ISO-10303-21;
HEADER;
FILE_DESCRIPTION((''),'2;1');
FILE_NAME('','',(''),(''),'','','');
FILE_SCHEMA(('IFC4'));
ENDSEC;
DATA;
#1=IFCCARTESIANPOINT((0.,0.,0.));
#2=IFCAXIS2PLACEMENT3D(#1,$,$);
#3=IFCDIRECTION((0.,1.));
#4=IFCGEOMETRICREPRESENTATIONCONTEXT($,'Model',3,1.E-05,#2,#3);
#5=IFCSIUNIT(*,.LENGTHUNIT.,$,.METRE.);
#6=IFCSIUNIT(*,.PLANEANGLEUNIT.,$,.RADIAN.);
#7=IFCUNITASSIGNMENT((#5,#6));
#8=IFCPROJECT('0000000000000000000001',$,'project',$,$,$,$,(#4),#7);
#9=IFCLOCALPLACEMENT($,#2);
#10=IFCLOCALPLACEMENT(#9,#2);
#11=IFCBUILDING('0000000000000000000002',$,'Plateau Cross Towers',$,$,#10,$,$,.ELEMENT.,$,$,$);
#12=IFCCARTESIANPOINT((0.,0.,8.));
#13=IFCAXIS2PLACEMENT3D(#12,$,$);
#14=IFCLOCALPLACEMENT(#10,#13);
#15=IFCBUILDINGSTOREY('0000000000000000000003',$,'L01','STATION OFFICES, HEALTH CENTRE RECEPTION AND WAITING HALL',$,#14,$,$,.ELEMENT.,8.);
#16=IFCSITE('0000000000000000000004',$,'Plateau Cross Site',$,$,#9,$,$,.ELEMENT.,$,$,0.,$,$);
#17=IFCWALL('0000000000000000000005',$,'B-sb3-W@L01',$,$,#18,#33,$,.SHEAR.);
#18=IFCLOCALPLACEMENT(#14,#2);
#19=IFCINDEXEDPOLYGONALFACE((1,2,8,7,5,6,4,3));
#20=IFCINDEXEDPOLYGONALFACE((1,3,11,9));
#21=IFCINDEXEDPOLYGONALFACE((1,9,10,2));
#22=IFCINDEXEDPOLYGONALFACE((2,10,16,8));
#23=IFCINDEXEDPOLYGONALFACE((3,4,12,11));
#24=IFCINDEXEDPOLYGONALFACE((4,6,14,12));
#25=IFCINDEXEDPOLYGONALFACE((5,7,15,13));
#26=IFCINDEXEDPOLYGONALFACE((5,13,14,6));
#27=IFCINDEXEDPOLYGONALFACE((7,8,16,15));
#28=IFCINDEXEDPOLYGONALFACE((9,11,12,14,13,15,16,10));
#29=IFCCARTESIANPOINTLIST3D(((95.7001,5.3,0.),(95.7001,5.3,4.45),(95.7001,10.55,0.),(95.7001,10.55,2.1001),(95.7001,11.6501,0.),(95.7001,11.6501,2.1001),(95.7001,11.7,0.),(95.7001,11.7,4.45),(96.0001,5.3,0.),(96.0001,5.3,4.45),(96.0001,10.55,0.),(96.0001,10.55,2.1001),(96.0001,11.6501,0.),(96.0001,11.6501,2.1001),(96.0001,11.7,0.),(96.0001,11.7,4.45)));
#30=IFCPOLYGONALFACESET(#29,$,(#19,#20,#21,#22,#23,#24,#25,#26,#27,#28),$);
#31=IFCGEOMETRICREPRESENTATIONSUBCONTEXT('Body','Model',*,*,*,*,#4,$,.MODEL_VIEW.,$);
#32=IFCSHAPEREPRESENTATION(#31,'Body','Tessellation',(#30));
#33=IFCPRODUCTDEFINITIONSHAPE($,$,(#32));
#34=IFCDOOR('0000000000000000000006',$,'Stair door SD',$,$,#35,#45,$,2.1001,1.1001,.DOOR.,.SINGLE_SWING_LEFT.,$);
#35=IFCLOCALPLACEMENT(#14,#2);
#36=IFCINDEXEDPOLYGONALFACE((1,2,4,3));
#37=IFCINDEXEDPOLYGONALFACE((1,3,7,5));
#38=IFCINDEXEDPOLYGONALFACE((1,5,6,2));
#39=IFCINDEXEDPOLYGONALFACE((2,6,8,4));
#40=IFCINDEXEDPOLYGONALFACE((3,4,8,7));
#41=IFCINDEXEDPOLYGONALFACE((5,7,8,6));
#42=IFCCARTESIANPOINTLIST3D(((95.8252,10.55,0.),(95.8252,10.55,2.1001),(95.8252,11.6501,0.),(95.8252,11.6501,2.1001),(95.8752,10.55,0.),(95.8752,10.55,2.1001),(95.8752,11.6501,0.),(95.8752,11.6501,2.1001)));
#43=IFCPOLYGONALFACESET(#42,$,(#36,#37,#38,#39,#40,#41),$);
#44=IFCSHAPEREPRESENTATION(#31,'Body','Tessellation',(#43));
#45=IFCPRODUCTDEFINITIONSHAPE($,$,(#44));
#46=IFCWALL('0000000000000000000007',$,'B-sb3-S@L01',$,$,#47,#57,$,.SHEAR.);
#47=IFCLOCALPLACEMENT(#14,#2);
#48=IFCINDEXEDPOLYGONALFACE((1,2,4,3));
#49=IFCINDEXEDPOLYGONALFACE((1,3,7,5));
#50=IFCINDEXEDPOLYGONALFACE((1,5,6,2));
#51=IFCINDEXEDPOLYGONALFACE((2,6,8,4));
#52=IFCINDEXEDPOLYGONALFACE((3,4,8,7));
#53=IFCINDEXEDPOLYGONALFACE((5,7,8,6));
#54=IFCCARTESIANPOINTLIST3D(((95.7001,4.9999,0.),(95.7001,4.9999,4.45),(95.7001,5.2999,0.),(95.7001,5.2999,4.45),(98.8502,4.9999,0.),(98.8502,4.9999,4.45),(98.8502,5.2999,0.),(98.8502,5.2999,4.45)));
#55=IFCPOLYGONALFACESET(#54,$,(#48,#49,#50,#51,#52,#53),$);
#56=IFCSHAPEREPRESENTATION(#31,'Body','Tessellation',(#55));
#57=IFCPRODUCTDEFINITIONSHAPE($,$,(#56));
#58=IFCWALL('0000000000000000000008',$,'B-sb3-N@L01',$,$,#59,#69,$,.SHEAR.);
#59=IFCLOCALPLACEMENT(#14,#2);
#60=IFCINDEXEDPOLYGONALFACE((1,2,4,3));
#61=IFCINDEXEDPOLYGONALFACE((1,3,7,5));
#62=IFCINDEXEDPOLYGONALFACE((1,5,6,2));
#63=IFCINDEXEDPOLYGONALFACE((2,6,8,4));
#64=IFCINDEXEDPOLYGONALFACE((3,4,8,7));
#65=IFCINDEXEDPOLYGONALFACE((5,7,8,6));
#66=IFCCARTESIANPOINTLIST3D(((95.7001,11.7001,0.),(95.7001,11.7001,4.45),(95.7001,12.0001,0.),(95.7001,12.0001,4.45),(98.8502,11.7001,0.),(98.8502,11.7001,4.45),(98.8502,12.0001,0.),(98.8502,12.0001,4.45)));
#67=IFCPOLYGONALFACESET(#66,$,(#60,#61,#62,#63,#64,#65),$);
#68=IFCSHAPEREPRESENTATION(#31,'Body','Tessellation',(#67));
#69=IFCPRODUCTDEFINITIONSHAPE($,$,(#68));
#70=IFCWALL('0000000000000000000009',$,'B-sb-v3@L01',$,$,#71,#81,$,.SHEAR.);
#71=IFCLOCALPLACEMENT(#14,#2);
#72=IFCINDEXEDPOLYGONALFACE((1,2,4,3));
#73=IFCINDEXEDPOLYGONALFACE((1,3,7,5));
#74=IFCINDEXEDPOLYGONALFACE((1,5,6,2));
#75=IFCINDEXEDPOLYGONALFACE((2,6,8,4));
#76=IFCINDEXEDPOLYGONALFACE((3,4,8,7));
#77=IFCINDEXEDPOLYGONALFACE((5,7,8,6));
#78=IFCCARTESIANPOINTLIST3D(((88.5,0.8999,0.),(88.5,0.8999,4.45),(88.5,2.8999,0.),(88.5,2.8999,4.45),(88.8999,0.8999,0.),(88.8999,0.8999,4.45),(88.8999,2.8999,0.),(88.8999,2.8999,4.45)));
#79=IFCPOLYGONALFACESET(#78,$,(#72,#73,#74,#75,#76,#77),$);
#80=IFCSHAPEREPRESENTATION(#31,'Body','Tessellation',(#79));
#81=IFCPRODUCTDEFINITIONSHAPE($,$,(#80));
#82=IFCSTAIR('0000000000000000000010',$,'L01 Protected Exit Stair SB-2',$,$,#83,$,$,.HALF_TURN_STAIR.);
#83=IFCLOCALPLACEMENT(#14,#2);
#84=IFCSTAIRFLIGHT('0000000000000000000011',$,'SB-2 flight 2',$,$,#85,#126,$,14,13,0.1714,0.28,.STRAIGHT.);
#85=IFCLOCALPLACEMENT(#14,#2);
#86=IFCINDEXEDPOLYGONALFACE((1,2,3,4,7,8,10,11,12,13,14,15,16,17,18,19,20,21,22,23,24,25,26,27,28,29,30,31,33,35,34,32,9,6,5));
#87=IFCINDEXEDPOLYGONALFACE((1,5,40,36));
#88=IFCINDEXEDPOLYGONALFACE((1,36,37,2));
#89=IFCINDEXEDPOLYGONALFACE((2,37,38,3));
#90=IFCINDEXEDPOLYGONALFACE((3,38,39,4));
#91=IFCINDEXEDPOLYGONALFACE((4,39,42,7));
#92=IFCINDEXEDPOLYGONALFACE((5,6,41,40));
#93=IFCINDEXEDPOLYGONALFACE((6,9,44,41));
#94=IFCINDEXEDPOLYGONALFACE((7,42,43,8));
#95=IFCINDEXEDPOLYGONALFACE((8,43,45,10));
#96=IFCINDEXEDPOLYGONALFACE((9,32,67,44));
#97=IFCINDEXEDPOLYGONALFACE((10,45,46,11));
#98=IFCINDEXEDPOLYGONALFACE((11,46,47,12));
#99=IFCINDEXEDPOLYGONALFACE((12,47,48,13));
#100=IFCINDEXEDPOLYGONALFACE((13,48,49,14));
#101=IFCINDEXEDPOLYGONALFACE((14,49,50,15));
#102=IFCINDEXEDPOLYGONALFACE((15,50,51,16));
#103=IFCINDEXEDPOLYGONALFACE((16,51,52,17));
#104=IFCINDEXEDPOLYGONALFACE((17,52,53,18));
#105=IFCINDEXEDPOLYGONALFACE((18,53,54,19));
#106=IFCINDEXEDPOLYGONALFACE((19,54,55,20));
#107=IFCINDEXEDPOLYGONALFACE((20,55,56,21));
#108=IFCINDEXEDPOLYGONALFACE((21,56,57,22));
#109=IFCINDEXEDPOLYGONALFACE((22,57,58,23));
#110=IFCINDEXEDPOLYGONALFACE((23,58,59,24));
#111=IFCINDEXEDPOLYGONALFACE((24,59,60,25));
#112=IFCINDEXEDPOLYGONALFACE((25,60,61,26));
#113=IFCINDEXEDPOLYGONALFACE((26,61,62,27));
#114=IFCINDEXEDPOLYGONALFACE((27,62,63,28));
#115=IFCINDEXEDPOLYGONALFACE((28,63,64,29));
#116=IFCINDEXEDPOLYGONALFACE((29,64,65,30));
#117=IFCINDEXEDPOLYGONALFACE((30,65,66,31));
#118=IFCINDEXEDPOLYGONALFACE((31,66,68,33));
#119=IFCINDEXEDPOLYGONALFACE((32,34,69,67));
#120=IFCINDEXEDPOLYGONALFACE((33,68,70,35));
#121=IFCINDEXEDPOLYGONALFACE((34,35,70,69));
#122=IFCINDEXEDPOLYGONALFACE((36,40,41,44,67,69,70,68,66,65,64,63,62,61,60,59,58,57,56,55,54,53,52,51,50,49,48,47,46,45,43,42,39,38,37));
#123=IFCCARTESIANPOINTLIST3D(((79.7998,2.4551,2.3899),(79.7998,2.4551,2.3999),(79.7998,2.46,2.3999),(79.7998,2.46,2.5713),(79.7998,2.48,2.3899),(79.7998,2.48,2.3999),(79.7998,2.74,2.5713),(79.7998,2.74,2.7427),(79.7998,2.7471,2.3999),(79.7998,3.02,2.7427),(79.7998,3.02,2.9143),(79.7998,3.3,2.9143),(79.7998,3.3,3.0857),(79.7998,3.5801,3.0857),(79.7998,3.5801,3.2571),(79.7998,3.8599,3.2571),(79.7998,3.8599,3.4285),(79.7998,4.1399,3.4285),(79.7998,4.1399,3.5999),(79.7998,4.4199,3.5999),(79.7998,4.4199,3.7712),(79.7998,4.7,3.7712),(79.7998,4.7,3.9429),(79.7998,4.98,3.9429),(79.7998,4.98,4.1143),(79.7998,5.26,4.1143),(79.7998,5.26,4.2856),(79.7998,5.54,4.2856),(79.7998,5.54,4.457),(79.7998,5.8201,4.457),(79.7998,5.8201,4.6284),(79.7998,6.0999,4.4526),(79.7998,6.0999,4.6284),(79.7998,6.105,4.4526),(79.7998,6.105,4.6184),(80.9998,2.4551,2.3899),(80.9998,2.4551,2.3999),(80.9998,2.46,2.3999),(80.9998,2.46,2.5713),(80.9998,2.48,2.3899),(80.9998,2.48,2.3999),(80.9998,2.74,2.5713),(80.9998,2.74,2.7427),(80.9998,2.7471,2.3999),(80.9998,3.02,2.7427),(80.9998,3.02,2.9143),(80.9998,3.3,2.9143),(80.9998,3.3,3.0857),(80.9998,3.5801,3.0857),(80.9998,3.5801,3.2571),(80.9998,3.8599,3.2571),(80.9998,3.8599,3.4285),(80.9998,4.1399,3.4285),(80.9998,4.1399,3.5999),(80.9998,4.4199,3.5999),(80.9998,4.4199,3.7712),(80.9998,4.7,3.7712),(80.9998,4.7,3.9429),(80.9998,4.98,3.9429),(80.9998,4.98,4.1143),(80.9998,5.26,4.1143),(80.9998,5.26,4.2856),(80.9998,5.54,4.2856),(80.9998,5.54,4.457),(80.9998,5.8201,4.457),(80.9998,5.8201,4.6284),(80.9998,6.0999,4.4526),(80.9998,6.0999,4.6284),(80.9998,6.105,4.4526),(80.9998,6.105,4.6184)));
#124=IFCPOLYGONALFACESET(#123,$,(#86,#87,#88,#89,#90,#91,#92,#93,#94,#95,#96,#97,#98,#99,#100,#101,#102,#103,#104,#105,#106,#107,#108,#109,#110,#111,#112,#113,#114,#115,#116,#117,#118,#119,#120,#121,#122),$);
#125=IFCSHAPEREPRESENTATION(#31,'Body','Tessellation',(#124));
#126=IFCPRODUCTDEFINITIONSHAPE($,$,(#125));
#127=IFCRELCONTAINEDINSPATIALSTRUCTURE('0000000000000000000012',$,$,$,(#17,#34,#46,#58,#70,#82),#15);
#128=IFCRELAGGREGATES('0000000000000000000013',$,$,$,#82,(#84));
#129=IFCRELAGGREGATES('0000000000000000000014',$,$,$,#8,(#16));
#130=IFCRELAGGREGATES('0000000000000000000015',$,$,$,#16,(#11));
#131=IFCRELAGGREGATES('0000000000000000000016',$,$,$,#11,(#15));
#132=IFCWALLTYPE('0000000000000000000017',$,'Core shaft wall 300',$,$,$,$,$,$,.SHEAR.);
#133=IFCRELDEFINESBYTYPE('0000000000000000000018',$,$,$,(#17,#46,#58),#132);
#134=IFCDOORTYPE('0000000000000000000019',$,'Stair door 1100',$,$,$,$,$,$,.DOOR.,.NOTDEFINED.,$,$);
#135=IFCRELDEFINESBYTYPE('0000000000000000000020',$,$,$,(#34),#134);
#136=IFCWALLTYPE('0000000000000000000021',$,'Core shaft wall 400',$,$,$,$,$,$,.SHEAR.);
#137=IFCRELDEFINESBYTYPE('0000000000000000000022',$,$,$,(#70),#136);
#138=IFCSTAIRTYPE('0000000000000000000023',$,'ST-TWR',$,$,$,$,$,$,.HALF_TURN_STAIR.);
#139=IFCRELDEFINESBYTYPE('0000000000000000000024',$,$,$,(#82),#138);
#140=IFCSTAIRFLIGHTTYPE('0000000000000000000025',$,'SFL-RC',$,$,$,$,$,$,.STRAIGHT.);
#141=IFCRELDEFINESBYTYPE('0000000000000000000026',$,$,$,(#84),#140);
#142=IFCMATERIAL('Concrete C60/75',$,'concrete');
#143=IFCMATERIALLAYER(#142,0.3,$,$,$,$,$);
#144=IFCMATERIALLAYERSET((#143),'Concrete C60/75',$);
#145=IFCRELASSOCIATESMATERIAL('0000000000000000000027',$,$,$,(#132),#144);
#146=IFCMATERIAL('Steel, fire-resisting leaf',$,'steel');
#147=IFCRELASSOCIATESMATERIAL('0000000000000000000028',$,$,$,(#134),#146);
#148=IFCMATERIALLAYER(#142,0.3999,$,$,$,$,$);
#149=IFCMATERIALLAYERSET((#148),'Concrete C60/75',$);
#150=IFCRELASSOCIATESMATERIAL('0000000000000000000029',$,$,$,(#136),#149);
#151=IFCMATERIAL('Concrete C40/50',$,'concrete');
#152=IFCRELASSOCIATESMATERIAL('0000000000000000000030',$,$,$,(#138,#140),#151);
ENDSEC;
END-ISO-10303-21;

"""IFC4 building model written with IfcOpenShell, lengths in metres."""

from ifc_helpers import new_model, si_unit, direction, frame, frame_2d, origin, place, context, subcontext, project, spatial, polyline, rectangle, outline, extrude, material, layer, layer_set, type_object, element, fill, aggregate, save


model = new_model("IFC4")

# Units and contexts
model_context = context("Model", 3, precision=1e-05, world=origin(), true_north=direction((0.0, 1.0)))
body_context = subcontext(model_context, "Body", "Model", "MODEL_VIEW")
ifc_project = project(units=[si_unit("LENGTHUNIT", "METRE"), si_unit("PLANEANGLEUNIT", "RADIAN")], contexts=[model_context])

# Site, building, storey
site_placement = place(None, origin())
site = spatial("IfcSite", under=ifc_project, at=site_placement, Name="Plateau Cross Site", CompositionType="ELEMENT", RefElevation=0.0)
building_placement = place(site_placement, origin())
building = spatial("IfcBuilding", under=site, at=building_placement, Name="Plateau Cross Towers", CompositionType="ELEMENT")
storey_placement = place(building_placement, frame((0.0, 0.0, 8.0)))
storey = spatial("IfcBuildingStorey", under=building, at=storey_placement, Name="L01", Description="STATION OFFICES, HEALTH CENTRE RECEPTION AND WAITING HALL", CompositionType="ELEMENT", Elevation=8.0)

# Shared definitions
ifc_material_1 = material(Name="Steel, fire-resisting leaf", Category="steel")

# Shared definitions
ifc_material_2 = material(Name="Concrete C60/75", Category="concrete")
ifc_layer_1 = layer(ifc_material_2, 0.3)
ifc_layer_set_1 = layer_set([ifc_layer_1], Name="Concrete C60/75")
wall_type_1 = type_object("IfcWallType", Name="Core shaft wall 300", PredefinedType="SHEAR", material=ifc_layer_set_1)

# Wall, opening, door
wall_1_placement = place(storey_placement, frame((95.8501, 5.3, 0.0), z_axis=(0.0, 0.0, 1.0), x_axis=(0.0, 1.0, 0.0)))
wall_1 = element("IfcWall", 1, at=wall_1_placement, inside=storey, type_object=wall_type_1, Name="B-sb3-W@L01", PredefinedType="SHEAR", context=body_context, shape_type="SweptSolid", body=[
    extrude(rectangle(XDim=6.3999, YDim=0.3, at=frame_2d((3.2, 0.0))), origin(), (0.0, 0.0, 1.0), 4.45),
])
opening_1_placement = place(wall_1_placement, frame((5.25, 0.0, 0.0)))
opening_1 = element("IfcOpeningElement", 2, at=opening_1_placement, cuts=wall_1, PredefinedType="OPENING", context=body_context, shape_type="SweptSolid", body=[
    extrude(rectangle(XDim=1.1001, YDim=2.1001, at=frame_2d((0.55, 1.05))), frame((0.0, 0.1599, 0.0), z_axis=(0.0, -1.0, 0.0), x_axis=(1.0, 0.0, 0.0)), (0.0, 0.0, 1.0), 0.3201),
])
door_type_1 = type_object("IfcDoorType", Name="Stair door 1100", OperationType="NOTDEFINED", PredefinedType="DOOR", material=ifc_material_1)
door_1_placement = place(opening_1_placement, origin())
door_1 = element("IfcDoor", 3, at=door_1_placement, inside=storey, type_object=door_type_1, Name="Stair door SD", OperationType="SINGLE_SWING_LEFT", OverallHeight=2.1001, OverallWidth=1.1001, PredefinedType="DOOR", context=body_context, shape_type="SweptSolid", body=[
    extrude(rectangle(XDim=1.1001, YDim=2.1001, at=frame_2d((0.55, 1.05))), frame((0.0, 0.0249, 0.0), z_axis=(0.0, -1.0, 0.0), x_axis=(1.0, 0.0, 0.0)), (0.0, 0.0, 1.0), 0.05),
])
fill(opening_1, door_1)

# Walls
for number, where, z_axis, x_axis, name in (
    (4, (95.7, 5.1499, 0.0), (0.0, 0.0, 1.0), (1.0, 0.0, 0.0), "B-sb3-S@L01"),
    (5, (95.7, 11.8501, 0.0), (0.0, 0.0, 1.0), (1.0, 0.0, 0.0), "B-sb3-N@L01"),
):
    element("IfcWall", number, at=place(storey_placement, frame(where, z_axis=z_axis, x_axis=x_axis)), inside=storey, type_object=wall_type_1, Name=name, PredefinedType="SHEAR", context=body_context, shape_type="SweptSolid", body=[
        extrude(rectangle(XDim=3.1501, YDim=0.3, at=frame_2d((1.5752, 0.0))), origin(), (0.0, 0.0, 1.0), 4.45),
    ])
ifc_layer_2 = layer(ifc_material_2, 0.3999)
ifc_layer_set_2 = layer_set([ifc_layer_2], Name="Concrete C60/75")
wall_type_2 = type_object("IfcWallType", Name="Core shaft wall 400", PredefinedType="SHEAR", material=ifc_layer_set_2)
wall_2_placement = place(storey_placement, frame((88.7, 0.8999, 0.0), z_axis=(0.0, 0.0, 1.0), x_axis=(0.0, 1.0, 0.0)))
element("IfcWall", 6, at=wall_2_placement, inside=storey, type_object=wall_type_2, Name="B-sb-v3@L01", PredefinedType="SHEAR", context=body_context, shape_type="SweptSolid", body=[
    extrude(rectangle(XDim=2.0, YDim=0.3999, at=frame_2d((1.0, 0.0))), origin(), (0.0, 0.0, 1.0), 4.45),
])

# Stair, stair flight
ifc_material_3 = material(Name="Concrete C40/50", Category="concrete")
stair_type = type_object("IfcStairType", Name="ST-TWR", PredefinedType="HALF_TURN_STAIR", material=ifc_material_3)
stair_placement = place(storey_placement, origin())
stair = element("IfcStair", 7, at=stair_placement, inside=storey, type_object=stair_type, Name="L01 Protected Exit Stair SB-2", PredefinedType="HALF_TURN_STAIR")
stair_flight_type = type_object("IfcStairFlightType", Name="SFL-RC", PredefinedType="STRAIGHT", material=ifc_material_3)
stair_flight_placement = place(storey_placement, frame((80.3999, 2.46, 2.3999), z_axis=(0.0, 0.0, 1.0), x_axis=(0.0, 1.0, 0.0)))
stair_flight = element("IfcStairFlight", 8, at=stair_flight_placement, type_object=stair_flight_type, Name="SB-2 flight 2", NumberOfRisers=14, NumberOfTreads=13, PredefinedType="STRAIGHT", RiserHeight=0.1714, TreadLength=0.28, context=body_context, shape_type="SweptSolid", body=[
    extrude(outline(polyline([(-0.0049, -0.01), (-0.0049, 0.0), (0.0, 0.0), (0.0, 0.1714), (0.28, 0.1714), (0.28, 0.3428), (0.5601, 0.3428), (0.5601, 0.5144), (0.8401, 0.5144), (0.8401, 0.6858), (1.1201, 0.6858), (1.1201, 0.8572), (1.3999, 0.8572), (1.3999, 1.0286), (1.6799, 1.0286), (1.6799, 1.2), (1.96, 1.2), (1.96, 1.3713), (2.24, 1.3713), (2.24, 1.543), (2.52, 1.543), (2.52, 1.7144), (2.8, 1.7144), (2.8, 1.8857), (3.0801, 1.8857), (3.0801, 2.0571), (3.3601, 2.0571), (3.3601, 2.2285), (3.6399, 2.2285), (3.645, 2.2185), (3.645, 2.0527), (3.6399, 2.0527), (0.2871, 0.0), (0.02, 0.0), (0.02, -0.01), (-0.0049, -0.01)])), frame((0.0, 0.6001, 0.0), z_axis=(0.0, -1.0, 0.0), x_axis=(1.0, 0.0, 0.0)), (0.0, 0.0, 1.0), 1.2),
])
aggregate(stair, [stair_flight])

save(model, "model.ifc")
